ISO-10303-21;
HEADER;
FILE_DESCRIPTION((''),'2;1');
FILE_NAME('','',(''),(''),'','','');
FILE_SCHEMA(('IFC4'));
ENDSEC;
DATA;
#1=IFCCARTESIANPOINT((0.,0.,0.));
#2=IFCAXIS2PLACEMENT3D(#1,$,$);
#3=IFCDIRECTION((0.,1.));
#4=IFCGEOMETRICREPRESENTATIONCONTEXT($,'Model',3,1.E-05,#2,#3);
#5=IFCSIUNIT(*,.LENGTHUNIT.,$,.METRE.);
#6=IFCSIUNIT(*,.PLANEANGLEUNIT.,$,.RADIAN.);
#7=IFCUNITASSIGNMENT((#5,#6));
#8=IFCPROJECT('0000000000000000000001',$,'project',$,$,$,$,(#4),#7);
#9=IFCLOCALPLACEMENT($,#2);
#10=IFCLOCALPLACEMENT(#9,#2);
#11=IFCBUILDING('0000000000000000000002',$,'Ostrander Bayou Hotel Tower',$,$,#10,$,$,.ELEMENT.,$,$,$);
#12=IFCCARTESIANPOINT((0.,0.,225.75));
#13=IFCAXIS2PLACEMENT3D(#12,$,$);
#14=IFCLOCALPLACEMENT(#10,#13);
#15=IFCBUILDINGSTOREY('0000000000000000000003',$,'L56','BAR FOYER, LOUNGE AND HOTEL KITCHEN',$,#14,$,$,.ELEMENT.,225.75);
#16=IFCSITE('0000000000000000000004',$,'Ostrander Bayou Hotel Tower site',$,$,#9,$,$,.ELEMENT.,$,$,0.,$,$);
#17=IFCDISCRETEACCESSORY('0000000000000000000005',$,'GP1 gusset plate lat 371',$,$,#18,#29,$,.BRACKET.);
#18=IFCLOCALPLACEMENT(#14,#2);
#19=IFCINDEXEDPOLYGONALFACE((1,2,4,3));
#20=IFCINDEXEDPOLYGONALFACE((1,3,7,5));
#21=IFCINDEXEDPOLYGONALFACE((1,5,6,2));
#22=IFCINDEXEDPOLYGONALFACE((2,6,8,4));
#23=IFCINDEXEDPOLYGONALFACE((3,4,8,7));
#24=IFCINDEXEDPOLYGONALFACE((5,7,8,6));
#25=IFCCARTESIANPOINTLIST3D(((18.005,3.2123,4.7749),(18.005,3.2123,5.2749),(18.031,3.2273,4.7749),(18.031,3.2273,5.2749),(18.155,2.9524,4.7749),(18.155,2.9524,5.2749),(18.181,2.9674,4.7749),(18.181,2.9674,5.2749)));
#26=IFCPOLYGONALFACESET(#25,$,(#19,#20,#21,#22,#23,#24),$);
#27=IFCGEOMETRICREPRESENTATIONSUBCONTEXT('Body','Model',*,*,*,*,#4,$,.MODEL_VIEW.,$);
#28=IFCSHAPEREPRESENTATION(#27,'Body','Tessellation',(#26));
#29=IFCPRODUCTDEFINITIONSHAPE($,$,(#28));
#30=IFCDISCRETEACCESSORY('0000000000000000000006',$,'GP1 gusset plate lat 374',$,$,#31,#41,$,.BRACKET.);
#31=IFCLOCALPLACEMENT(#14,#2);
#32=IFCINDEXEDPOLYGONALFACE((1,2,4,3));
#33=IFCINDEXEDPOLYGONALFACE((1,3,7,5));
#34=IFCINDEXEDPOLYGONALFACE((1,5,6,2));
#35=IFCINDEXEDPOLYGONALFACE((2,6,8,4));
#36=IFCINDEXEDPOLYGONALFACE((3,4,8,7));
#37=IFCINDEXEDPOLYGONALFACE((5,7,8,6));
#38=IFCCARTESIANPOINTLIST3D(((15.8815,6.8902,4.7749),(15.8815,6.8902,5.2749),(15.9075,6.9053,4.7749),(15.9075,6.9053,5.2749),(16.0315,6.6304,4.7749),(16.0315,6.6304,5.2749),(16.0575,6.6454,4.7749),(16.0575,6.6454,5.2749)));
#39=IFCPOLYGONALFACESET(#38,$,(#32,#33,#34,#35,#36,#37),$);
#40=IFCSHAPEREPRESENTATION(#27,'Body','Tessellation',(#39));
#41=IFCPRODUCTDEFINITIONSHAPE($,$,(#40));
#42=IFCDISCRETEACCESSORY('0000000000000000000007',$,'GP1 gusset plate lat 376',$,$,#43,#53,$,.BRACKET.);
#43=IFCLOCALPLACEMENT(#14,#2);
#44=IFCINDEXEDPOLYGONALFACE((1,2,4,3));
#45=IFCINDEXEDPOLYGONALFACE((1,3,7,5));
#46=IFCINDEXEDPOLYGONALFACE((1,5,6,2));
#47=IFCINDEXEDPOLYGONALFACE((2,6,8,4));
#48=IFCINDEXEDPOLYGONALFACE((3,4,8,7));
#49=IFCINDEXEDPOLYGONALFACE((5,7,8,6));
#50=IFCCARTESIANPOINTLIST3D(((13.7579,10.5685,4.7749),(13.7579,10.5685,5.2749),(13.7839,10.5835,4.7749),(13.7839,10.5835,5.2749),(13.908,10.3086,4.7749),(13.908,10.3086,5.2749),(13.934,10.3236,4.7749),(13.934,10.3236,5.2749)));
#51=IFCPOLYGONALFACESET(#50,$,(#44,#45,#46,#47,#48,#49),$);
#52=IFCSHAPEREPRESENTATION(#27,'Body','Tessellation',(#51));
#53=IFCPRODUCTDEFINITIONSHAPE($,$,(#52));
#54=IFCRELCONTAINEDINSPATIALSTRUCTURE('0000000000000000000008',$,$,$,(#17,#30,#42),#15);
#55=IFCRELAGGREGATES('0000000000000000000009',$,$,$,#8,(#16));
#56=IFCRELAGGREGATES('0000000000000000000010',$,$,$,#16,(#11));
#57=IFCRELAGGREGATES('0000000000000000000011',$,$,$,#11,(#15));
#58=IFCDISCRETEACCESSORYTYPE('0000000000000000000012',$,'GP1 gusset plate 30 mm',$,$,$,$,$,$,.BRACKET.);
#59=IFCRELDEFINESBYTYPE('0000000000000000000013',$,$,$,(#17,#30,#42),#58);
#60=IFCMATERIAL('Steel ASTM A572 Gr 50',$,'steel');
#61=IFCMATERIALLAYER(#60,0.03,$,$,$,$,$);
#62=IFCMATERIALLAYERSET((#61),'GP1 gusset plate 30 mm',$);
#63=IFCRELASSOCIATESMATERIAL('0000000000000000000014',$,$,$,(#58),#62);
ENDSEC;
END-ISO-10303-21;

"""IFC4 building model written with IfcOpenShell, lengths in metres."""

from ifc_helpers import new_model, si_unit, direction, frame, origin, origin_2d, place, context, subcontext, project, spatial, rectangle, extrude, material, layer, layer_set, type_object, element, save


model = new_model("IFC4")

# Units and contexts
model_context = context("Model", 3, precision=1e-05, world=origin(), true_north=direction((0.0, 1.0)))
body_context = subcontext(model_context, "Body", "Model", "MODEL_VIEW")
ifc_project = project(units=[si_unit("LENGTHUNIT", "METRE"), si_unit("PLANEANGLEUNIT", "RADIAN")], contexts=[model_context])

# Site, building, storey
site_placement = place(None, origin())
site = spatial("IfcSite", under=ifc_project, at=site_placement, Name="Ostrander Bayou Hotel Tower site", CompositionType="ELEMENT", RefElevation=0.0)
building_placement = place(site_placement, origin())
building = spatial("IfcBuilding", under=site, at=building_placement, Name="Ostrander Bayou Hotel Tower", CompositionType="ELEMENT")
storey_placement = place(building_placement, frame((0.0, 0.0, 225.75)))
storey = spatial("IfcBuildingStorey", under=building, at=storey_placement, Name="L56", Description="BAR FOYER, LOUNGE AND HOTEL KITCHEN", CompositionType="ELEMENT", Elevation=225.75)

# Discrete accessories
ifc_material_1 = material(Name="Steel ASTM A572 Gr 50", Category="steel")
ifc_layer_1 = layer(ifc_material_1, 0.03)
ifc_layer_set_1 = layer_set([ifc_layer_1], Name="GP1 gusset plate 30 mm")
discrete_accessory_type = type_object("IfcDiscreteAccessoryType", Name="GP1 gusset plate 30 mm", PredefinedType="BRACKET", material=ifc_layer_set_1)
for number, where, z_axis, x_axis, name in (
    (1, (18.093, 3.0898, 4.7749), (0.0, 0.0, 1.0), (-0.5, 0.866025, 0.0), "GP1 gusset plate lat 371"),
    (2, (15.9695, 6.7678, 4.7749), (0.0, 0.0, 1.0), (-0.5, 0.866025, 0.0), "GP1 gusset plate lat 374"),
    (3, (13.8459, 10.446, 4.7749), (0.0, 0.0, 1.0), (-0.5, 0.866025, 0.0), "GP1 gusset plate lat 376"),
):
    element("IfcDiscreteAccessory", number, at=place(storey_placement, frame(where, z_axis=z_axis, x_axis=x_axis)), inside=storey, type_object=discrete_accessory_type, Name=name, PredefinedType="BRACKET", context=body_context, shape_type="SweptSolid", body=[
        extrude(rectangle(XDim=0.3, YDim=0.03, at=origin_2d()), origin(), (0.0, 0.0, 1.0), 0.5),
    ])

save(model, "model.ifc")
